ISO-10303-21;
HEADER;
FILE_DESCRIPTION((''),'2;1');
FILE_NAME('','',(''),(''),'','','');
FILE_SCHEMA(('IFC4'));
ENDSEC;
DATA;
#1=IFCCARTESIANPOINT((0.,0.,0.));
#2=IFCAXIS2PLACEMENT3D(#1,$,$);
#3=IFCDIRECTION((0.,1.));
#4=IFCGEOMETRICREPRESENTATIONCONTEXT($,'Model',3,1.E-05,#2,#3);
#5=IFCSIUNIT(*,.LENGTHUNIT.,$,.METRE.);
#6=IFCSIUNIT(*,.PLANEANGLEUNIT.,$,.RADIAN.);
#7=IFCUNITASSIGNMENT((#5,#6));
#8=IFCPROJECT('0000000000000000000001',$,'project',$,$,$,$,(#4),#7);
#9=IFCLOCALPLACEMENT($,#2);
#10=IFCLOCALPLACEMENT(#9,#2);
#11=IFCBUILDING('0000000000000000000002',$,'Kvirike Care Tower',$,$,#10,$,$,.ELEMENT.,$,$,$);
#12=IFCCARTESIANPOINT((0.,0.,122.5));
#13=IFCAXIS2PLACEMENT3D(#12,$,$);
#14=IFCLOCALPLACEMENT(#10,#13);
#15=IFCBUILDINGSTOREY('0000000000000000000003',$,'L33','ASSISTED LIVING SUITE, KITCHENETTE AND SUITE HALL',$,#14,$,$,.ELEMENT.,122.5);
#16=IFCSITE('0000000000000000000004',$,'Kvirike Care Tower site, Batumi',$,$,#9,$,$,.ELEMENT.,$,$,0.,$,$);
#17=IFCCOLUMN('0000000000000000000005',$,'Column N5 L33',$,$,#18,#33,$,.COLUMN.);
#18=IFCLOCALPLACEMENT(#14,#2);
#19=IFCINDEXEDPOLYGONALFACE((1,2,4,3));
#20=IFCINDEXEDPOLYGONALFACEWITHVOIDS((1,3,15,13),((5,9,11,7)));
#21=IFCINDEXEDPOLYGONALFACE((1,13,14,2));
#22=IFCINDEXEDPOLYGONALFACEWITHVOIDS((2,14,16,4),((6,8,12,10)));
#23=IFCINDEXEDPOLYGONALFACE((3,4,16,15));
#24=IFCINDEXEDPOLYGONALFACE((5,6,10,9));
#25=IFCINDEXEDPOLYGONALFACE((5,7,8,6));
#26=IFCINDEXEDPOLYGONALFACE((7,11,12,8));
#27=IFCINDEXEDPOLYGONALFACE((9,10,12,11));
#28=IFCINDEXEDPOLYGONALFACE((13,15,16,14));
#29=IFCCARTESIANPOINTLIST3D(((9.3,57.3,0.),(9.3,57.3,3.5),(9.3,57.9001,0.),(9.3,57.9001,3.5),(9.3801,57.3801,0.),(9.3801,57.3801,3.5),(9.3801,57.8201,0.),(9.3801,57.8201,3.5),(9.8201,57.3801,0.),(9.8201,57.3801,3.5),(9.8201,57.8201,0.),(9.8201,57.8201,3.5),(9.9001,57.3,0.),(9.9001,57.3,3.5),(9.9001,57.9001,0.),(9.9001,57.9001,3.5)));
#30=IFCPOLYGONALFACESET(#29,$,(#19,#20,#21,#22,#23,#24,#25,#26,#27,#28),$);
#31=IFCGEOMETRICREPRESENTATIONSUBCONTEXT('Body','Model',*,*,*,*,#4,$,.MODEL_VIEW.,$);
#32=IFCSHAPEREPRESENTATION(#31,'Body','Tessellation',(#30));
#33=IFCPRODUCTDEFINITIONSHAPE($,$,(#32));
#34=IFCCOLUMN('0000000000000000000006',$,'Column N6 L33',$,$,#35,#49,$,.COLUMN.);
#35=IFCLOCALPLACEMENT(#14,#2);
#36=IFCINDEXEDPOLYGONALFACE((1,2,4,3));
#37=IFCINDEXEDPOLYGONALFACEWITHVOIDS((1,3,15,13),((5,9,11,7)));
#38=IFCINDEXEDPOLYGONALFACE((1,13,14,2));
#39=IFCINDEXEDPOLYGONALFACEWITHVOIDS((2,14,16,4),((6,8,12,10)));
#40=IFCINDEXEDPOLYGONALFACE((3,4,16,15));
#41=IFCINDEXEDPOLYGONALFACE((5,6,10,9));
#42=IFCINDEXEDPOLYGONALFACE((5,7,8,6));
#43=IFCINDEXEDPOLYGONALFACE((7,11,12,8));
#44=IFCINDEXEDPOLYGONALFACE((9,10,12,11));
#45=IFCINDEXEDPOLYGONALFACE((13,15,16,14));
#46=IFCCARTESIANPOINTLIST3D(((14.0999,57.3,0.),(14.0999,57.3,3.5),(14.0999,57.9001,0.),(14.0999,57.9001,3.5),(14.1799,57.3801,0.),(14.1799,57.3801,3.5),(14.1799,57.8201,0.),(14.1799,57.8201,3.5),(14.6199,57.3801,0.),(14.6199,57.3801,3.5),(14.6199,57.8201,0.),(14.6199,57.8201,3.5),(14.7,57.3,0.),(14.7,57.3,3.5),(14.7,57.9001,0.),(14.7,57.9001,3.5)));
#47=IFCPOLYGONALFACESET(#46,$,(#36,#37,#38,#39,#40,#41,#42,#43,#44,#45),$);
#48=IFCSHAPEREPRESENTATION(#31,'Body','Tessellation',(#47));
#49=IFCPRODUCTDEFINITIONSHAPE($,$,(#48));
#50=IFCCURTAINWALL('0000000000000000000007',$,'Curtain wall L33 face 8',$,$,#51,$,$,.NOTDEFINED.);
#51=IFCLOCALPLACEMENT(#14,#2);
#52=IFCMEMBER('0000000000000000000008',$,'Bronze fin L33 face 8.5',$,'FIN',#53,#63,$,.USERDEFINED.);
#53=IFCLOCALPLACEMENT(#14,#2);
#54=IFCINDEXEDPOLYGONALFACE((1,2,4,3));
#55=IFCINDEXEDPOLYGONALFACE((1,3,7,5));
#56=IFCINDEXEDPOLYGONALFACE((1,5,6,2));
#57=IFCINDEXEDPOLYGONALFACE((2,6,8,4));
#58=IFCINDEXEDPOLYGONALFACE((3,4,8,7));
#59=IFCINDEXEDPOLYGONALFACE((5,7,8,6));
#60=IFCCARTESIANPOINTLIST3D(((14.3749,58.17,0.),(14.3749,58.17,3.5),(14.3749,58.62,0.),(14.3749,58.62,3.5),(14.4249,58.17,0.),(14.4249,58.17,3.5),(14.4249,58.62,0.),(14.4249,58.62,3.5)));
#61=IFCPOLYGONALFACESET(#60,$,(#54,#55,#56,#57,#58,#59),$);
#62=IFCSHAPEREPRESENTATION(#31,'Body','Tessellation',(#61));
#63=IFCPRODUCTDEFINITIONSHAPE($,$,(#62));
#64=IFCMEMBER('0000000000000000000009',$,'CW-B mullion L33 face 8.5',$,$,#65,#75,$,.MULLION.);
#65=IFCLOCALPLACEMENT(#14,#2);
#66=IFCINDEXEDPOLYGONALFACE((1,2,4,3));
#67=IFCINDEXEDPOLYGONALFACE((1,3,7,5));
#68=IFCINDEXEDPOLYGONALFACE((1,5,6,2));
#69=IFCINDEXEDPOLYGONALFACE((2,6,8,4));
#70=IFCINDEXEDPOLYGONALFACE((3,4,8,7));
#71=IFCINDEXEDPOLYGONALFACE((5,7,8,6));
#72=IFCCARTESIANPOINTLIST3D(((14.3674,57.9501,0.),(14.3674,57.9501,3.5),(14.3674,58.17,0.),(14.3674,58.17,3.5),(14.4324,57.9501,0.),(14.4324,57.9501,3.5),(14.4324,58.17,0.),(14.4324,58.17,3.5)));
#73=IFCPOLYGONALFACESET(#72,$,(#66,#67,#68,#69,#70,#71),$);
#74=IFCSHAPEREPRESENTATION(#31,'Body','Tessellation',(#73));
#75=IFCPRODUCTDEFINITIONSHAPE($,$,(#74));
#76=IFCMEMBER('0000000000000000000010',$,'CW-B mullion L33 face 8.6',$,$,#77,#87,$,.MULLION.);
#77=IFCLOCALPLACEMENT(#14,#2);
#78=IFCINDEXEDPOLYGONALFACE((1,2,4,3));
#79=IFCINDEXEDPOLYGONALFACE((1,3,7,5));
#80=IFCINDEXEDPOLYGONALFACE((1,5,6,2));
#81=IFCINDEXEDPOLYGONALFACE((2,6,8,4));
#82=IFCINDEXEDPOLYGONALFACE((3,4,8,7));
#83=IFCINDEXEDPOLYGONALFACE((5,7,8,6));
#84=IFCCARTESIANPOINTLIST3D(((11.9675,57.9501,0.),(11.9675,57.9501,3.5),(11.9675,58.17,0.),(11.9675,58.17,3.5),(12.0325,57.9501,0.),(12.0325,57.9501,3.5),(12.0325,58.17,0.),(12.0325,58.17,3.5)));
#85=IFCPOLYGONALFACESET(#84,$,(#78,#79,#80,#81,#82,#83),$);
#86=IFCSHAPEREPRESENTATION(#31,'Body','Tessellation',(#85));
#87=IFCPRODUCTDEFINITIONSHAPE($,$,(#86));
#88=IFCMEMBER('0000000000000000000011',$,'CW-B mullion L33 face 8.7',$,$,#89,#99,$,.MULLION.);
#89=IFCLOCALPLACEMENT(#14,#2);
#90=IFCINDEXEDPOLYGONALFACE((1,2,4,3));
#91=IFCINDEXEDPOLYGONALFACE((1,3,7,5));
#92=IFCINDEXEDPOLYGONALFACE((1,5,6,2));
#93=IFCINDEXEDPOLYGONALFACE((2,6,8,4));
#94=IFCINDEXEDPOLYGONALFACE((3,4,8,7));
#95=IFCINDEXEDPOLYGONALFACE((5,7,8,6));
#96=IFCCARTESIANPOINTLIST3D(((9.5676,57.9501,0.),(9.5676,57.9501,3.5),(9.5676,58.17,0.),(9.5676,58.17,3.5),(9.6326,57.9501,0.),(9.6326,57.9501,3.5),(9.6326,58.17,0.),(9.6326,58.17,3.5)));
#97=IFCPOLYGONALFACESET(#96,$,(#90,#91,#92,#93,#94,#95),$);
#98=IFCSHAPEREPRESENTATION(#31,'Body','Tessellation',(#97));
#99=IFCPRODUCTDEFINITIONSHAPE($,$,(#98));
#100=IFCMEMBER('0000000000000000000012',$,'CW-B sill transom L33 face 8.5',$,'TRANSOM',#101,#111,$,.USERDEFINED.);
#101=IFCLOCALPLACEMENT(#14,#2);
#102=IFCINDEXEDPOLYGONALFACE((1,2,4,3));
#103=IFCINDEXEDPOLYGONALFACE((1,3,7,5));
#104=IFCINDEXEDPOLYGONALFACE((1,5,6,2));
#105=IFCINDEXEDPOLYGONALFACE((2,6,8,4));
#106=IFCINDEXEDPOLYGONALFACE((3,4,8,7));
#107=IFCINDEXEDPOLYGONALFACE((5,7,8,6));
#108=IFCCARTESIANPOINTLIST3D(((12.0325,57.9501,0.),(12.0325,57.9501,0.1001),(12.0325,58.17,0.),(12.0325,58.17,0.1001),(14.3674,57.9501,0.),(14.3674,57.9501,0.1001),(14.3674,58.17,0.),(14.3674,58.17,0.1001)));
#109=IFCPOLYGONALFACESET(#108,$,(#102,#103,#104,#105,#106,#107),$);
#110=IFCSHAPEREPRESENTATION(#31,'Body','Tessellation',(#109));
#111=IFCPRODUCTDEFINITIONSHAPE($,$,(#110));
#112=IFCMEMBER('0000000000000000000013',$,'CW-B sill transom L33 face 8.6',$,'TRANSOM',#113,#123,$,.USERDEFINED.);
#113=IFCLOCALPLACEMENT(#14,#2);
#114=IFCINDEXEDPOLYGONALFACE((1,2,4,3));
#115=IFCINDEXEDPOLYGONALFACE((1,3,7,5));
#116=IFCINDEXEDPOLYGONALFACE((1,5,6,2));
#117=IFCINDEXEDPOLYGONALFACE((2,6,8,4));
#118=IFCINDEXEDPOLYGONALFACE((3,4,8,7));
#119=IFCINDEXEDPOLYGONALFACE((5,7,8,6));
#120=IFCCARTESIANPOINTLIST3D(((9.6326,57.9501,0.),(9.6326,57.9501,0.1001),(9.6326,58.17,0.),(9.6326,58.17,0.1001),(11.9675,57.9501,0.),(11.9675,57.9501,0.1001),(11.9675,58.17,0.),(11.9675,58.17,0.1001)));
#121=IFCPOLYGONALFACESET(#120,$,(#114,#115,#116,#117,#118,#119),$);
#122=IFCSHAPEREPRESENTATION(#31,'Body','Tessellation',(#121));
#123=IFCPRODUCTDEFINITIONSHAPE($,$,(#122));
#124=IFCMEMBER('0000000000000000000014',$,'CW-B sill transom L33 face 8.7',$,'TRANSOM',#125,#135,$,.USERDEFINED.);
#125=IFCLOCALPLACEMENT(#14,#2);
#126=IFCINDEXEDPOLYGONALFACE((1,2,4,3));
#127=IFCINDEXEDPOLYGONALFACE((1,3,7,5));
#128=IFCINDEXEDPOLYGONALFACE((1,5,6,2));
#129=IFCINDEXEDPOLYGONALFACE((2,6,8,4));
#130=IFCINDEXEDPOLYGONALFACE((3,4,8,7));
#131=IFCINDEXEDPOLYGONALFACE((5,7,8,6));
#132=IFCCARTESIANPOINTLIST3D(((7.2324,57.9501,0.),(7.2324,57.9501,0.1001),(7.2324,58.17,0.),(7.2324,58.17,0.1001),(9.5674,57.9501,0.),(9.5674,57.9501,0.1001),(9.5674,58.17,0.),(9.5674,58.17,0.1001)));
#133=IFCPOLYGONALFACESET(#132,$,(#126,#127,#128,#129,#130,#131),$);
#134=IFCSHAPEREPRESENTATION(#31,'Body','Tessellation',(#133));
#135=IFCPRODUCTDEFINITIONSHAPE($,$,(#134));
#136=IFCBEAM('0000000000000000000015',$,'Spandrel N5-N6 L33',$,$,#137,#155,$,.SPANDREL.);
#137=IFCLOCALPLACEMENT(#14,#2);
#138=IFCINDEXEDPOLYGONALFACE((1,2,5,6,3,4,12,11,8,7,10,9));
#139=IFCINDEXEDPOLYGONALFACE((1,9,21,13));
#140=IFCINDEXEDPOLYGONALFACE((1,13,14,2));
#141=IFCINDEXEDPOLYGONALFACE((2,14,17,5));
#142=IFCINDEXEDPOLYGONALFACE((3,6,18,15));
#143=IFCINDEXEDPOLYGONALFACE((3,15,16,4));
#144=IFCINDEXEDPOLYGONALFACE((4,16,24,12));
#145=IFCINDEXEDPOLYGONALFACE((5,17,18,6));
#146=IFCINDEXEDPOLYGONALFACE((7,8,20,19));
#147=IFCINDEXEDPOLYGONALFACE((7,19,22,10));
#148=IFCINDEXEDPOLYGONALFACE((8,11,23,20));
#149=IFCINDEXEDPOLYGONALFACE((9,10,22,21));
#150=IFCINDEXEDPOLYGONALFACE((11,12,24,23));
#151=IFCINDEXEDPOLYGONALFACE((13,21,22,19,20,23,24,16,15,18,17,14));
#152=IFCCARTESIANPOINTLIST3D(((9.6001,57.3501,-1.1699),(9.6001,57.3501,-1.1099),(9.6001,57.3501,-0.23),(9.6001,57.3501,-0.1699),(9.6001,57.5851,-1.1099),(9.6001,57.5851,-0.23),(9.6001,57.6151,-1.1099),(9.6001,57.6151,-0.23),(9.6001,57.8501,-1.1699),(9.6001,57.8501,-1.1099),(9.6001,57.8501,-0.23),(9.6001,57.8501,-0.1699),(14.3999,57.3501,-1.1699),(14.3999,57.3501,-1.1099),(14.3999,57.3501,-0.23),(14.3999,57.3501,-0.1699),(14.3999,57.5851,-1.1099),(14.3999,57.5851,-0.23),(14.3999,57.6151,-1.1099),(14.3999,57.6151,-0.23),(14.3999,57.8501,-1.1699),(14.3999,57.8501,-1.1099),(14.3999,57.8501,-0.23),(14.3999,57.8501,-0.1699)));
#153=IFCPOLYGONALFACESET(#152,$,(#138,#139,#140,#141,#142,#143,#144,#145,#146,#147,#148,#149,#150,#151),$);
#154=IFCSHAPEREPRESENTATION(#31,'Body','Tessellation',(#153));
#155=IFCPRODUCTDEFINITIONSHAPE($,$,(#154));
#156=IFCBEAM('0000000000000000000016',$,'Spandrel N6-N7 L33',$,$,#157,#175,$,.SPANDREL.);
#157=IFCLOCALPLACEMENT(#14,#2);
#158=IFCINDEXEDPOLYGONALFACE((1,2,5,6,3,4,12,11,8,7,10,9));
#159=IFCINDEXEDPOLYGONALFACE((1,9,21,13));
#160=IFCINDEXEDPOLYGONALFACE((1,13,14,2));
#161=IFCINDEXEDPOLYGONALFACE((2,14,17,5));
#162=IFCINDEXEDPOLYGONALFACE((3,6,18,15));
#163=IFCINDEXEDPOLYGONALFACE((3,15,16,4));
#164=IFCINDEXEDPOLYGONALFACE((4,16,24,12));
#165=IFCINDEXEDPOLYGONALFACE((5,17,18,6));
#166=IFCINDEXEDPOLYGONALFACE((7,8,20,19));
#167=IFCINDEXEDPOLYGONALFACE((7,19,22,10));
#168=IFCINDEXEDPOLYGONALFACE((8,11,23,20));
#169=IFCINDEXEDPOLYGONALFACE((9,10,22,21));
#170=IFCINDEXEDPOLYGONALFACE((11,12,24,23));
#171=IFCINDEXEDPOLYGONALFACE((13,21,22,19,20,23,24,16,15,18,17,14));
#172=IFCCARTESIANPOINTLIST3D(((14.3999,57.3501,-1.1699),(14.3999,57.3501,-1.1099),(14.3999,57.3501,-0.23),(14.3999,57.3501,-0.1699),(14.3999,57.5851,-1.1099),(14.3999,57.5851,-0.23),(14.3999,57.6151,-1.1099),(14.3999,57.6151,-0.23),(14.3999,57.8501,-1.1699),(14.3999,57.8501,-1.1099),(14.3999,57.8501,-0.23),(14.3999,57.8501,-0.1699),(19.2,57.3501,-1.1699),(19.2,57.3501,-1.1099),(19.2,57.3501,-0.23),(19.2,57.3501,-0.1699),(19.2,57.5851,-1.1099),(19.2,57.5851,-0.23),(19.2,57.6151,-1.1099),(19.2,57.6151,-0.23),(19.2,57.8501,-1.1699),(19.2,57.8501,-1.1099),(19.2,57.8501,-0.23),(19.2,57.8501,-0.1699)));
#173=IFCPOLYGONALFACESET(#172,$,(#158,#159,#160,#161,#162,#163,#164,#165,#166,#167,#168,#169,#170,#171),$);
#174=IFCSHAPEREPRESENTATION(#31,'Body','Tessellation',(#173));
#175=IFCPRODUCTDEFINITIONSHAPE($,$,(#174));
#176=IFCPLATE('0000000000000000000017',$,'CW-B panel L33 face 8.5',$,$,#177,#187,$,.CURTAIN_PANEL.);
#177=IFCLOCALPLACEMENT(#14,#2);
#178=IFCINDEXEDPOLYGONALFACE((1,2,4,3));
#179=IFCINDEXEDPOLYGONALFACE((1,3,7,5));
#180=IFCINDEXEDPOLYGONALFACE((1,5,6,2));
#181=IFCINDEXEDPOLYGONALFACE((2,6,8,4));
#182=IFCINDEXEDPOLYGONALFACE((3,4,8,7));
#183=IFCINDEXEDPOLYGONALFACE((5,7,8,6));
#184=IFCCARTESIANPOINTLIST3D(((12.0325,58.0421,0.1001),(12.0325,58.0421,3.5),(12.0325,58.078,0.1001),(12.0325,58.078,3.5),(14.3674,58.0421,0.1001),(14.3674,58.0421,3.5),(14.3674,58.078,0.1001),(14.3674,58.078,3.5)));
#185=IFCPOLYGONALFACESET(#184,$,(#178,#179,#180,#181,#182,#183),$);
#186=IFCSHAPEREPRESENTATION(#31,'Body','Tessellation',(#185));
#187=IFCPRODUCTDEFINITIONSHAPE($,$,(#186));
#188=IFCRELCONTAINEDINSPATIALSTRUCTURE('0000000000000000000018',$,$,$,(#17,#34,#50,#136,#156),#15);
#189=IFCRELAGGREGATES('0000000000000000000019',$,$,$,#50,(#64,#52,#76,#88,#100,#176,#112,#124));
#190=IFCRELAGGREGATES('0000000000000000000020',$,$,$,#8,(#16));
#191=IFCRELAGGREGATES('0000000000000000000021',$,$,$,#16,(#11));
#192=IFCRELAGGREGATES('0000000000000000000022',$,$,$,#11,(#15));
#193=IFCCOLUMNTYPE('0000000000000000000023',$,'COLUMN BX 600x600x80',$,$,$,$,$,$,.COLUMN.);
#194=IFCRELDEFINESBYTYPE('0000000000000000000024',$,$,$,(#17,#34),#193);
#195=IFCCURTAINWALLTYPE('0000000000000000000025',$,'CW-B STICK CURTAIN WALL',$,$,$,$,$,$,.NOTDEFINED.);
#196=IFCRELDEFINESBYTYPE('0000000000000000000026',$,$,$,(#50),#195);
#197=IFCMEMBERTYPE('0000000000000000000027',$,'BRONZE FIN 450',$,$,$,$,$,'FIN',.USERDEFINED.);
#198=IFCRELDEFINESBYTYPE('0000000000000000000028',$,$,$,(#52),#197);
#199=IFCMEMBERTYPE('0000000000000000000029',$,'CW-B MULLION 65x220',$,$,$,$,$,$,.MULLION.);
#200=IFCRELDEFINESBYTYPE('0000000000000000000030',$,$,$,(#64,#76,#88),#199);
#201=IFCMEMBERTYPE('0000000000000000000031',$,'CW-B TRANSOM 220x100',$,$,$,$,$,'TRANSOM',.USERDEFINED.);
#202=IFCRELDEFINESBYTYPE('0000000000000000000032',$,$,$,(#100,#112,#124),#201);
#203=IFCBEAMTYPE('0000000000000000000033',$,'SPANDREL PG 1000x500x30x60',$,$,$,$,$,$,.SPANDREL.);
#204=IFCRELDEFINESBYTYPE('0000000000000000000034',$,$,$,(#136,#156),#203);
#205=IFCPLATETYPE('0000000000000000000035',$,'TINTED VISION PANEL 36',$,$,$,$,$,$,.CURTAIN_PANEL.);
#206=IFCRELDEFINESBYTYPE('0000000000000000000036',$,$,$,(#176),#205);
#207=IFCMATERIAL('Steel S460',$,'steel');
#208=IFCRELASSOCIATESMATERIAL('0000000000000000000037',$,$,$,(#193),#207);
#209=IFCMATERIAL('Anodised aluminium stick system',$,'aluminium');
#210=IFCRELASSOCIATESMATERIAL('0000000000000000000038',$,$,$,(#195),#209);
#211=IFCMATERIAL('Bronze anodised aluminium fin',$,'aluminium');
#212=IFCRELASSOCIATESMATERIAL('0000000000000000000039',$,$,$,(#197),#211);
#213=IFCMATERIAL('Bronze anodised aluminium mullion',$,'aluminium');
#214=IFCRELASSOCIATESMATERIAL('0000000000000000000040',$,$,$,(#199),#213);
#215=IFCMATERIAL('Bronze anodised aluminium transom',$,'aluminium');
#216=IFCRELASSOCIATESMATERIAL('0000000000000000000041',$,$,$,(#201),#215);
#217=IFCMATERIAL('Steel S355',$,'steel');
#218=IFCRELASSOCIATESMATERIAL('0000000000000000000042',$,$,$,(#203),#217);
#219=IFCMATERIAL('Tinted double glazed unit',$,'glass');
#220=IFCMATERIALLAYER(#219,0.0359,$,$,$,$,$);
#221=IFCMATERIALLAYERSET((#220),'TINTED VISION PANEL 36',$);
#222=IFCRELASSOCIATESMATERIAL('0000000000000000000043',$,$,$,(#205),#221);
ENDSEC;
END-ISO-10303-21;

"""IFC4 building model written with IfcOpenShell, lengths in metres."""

from ifc_helpers import new_model, si_unit, direction, frame, origin, origin_2d, place, context, subcontext, project, spatial, rectangle, hollow_rectangle, i_section, extrude, material, layer, layer_set, material_profile, profile_set, type_object, element, aggregate, save


model = new_model("IFC4")

# Units and contexts
model_context = context("Model", 3, precision=1e-05, world=origin(), true_north=direction((0.0, 1.0)))
body_context = subcontext(model_context, "Body", "Model", "MODEL_VIEW")
ifc_project = project(units=[si_unit("LENGTHUNIT", "METRE"), si_unit("PLANEANGLEUNIT", "RADIAN")], contexts=[model_context])

# Site, building, storey
site_placement = place(None, origin())
site = spatial("IfcSite", under=ifc_project, at=site_placement, Name="Kvirike Care Tower site, Batumi", CompositionType="ELEMENT", RefElevation=0.0)
building_placement = place(site_placement, origin())
building = spatial("IfcBuilding", under=site, at=building_placement, Name="Kvirike Care Tower", CompositionType="ELEMENT")
storey_placement = place(building_placement, frame((0.0, 0.0, 122.5)))
storey = spatial("IfcBuildingStorey", under=building, at=storey_placement, Name="L33", Description="ASSISTED LIVING SUITE, KITCHENETTE AND SUITE HALL", CompositionType="ELEMENT", Elevation=122.5)

# Columns
ifc_material_1 = material(Name="Steel S460", Category="steel")
ifc_material_profile_1 = material_profile(ifc_material_1, hollow_rectangle(XDim=0.6001, YDim=0.6001, WallThickness=0.0801, at=origin_2d()), Name="BX 600x600x80")
ifc_profile_set_1 = profile_set([ifc_material_profile_1], Name="Steel S460")
column_type = type_object("IfcColumnType", Name="COLUMN BX 600x600x80", PredefinedType="COLUMN", material=ifc_profile_set_1)
for number, where, z_axis, x_axis, name in (
    (1, (9.6001, 57.6001, 0.0), (0.0, 0.0, 1.0), (0.0, 1.0, 0.0), "Column N5 L33"),
    (2, (14.3999, 57.6001, 0.0), (0.0, 0.0, 1.0), (0.0, 1.0, 0.0), "Column N6 L33"),
):
    element("IfcColumn", number, at=place(storey_placement, frame(where, z_axis=z_axis, x_axis=x_axis)), inside=storey, type_object=column_type, Name=name, PredefinedType="COLUMN", context=body_context, shape_type="SweptSolid", body=[
        extrude(hollow_rectangle(XDim=0.6001, YDim=0.6001, WallThickness=0.0801, at=origin_2d()), origin(), (0.0, 0.0, 1.0), 3.5),
    ])

# Curtain wall, members
ifc_material_2 = material(Name="Anodised aluminium stick system", Category="aluminium")
curtain_wall_type = type_object("IfcCurtainWallType", Name="CW-B STICK CURTAIN WALL", PredefinedType="NOTDEFINED", material=ifc_material_2)
curtain_wall_placement = place(storey_placement, origin())
curtain_wall = element("IfcCurtainWall", 3, at=curtain_wall_placement, inside=storey, type_object=curtain_wall_type, Name="Curtain wall L33 face 8", PredefinedType="NOTDEFINED")
ifc_material_3 = material(Name="Bronze anodised aluminium fin", Category="aluminium")
ifc_material_profile_2 = material_profile(ifc_material_3, rectangle(XDim=0.05, YDim=0.45, at=origin_2d()), Name="BRONZE FIN 450")
ifc_profile_set_2 = profile_set([ifc_material_profile_2], Name="Bronze anodised aluminium fin")
member_type_1 = type_object("IfcMemberType", Name="BRONZE FIN 450", ElementType="FIN", PredefinedType="USERDEFINED", material=ifc_profile_set_2)
member_1_placement = place(storey_placement, frame((14.3999, 58.395, 0.0), z_axis=(0.0, 0.0, 1.0), x_axis=(-1.0, 0.0, 0.0)))
member_1 = element("IfcMember", 4, at=member_1_placement, type_object=member_type_1, Name="Bronze fin L33 face 8.5", ObjectType="FIN", PredefinedType="USERDEFINED", context=body_context, shape_type="SweptSolid", body=[
    extrude(rectangle(XDim=0.05, YDim=0.45, at=origin_2d()), origin(), (0.0, 0.0, 1.0), 3.5),
])
ifc_material_4 = material(Name="Bronze anodised aluminium mullion", Category="aluminium")
ifc_material_profile_3 = material_profile(ifc_material_4, rectangle(XDim=0.0649, YDim=0.22, at=origin_2d()), Name="CW-B MULLION 65x220")
ifc_profile_set_3 = profile_set([ifc_material_profile_3], Name="Bronze anodised aluminium mullion")
member_type_2 = type_object("IfcMemberType", Name="CW-B MULLION 65x220", PredefinedType="MULLION", material=ifc_profile_set_3)
member_2_placement = place(storey_placement, frame((14.3999, 58.0601, 0.0), z_axis=(0.0, 0.0, 1.0), x_axis=(-1.0, 0.0, 0.0)))
member_2 = element("IfcMember", 5, at=member_2_placement, type_object=member_type_2, Name="CW-B mullion L33 face 8.5", PredefinedType="MULLION", context=body_context, shape_type="SweptSolid", body=[
    extrude(rectangle(XDim=0.0649, YDim=0.22, at=origin_2d()), origin(), (0.0, 0.0, 1.0), 3.5),
])
member_3_placement = place(storey_placement, frame((12.0, 58.0601, 0.0), z_axis=(0.0, 0.0, 1.0), x_axis=(-1.0, 0.0, 0.0)))
member_3 = element("IfcMember", 6, at=member_3_placement, type_object=member_type_2, Name="CW-B mullion L33 face 8.6", PredefinedType="MULLION", context=body_context, shape_type="SweptSolid", body=[
    extrude(rectangle(XDim=0.0649, YDim=0.22, at=origin_2d()), origin(), (0.0, 0.0, 1.0), 3.5),
])
member_4_placement = place(storey_placement, frame((9.6001, 58.0601, 0.0), z_axis=(0.0, 0.0, 1.0), x_axis=(-1.0, 0.0, 0.0)))
member_4 = element("IfcMember", 7, at=member_4_placement, type_object=member_type_2, Name="CW-B mullion L33 face 8.7", PredefinedType="MULLION", context=body_context, shape_type="SweptSolid", body=[
    extrude(rectangle(XDim=0.0649, YDim=0.22, at=origin_2d()), origin(), (0.0, 0.0, 1.0), 3.5),
])
ifc_material_5 = material(Name="Bronze anodised aluminium transom", Category="aluminium")
ifc_material_profile_4 = material_profile(ifc_material_5, rectangle(XDim=0.22, YDim=0.1001, at=origin_2d()), Name="CW-B TRANSOM 220x100")
ifc_profile_set_4 = profile_set([ifc_material_profile_4], Name="Bronze anodised aluminium transom")
member_type_3 = type_object("IfcMemberType", Name="CW-B TRANSOM 220x100", ElementType="TRANSOM", PredefinedType="USERDEFINED", material=ifc_profile_set_4)
member_5_placement = place(storey_placement, frame((14.3674, 58.0601, 0.05), z_axis=(-1.0, 0.0, 0.0), x_axis=(0.0, -1.0, 0.0)))
member_5 = element("IfcMember", 8, at=member_5_placement, type_object=member_type_3, Name="CW-B sill transom L33 face 8.5", ObjectType="TRANSOM", PredefinedType="USERDEFINED", context=body_context, shape_type="SweptSolid", body=[
    extrude(rectangle(XDim=0.22, YDim=0.1001, at=origin_2d()), origin(), (0.0, 0.0, 1.0), 2.335),
])
member_6_placement = place(storey_placement, frame((11.9675, 58.0601, 0.05), z_axis=(-1.0, 0.0, 0.0), x_axis=(0.0, -1.0, 0.0)))
member_6 = element("IfcMember", 9, at=member_6_placement, type_object=member_type_3, Name="CW-B sill transom L33 face 8.6", ObjectType="TRANSOM", PredefinedType="USERDEFINED", context=body_context, shape_type="SweptSolid", body=[
    extrude(rectangle(XDim=0.22, YDim=0.1001, at=origin_2d()), origin(), (0.0, 0.0, 1.0), 2.335),
])
member_7_placement = place(storey_placement, frame((9.5674, 58.0601, 0.05), z_axis=(-1.0, 0.0, 0.0), x_axis=(0.0, -1.0, 0.0)))
member_7 = element("IfcMember", 10, at=member_7_placement, type_object=member_type_3, Name="CW-B sill transom L33 face 8.7", ObjectType="TRANSOM", PredefinedType="USERDEFINED", context=body_context, shape_type="SweptSolid", body=[
    extrude(rectangle(XDim=0.22, YDim=0.1001, at=origin_2d()), origin(), (0.0, 0.0, 1.0), 2.335),
])

# Beams
ifc_material_6 = material(Name="Steel S355", Category="steel")
ifc_material_profile_5 = material_profile(ifc_material_6, i_section(OverallWidth=0.5, OverallDepth=1.0, WebThickness=0.03, FlangeThickness=0.0601, at=origin_2d()), Name="PG 1000x500x30x60")
ifc_profile_set_5 = profile_set([ifc_material_profile_5], Name="Steel S355")
beam_type = type_object("IfcBeamType", Name="SPANDREL PG 1000x500x30x60", PredefinedType="SPANDREL", material=ifc_profile_set_5)
beam_1_placement = place(storey_placement, frame((9.6001, 57.6001, -0.6699), z_axis=(1.0, 0.0, 0.0), x_axis=(0.0, 1.0, 0.0)))
element("IfcBeam", 11, at=beam_1_placement, inside=storey, type_object=beam_type, Name="Spandrel N5-N6 L33", PredefinedType="SPANDREL", context=body_context, shape_type="SweptSolid", body=[
    extrude(i_section(OverallWidth=0.5, OverallDepth=1.0, WebThickness=0.03, FlangeThickness=0.0601, at=origin_2d()), origin(), (0.0, 0.0, 1.0), 4.7998),
])
beam_2_placement = place(storey_placement, frame((14.3999, 57.6001, -0.6699), z_axis=(1.0, 0.0, 0.0), x_axis=(0.0, 1.0, 0.0)))
element("IfcBeam", 12, at=beam_2_placement, inside=storey, type_object=beam_type, Name="Spandrel N6-N7 L33", PredefinedType="SPANDREL", context=body_context, shape_type="SweptSolid", body=[
    extrude(i_section(OverallWidth=0.5, OverallDepth=1.0, WebThickness=0.03, FlangeThickness=0.0601, at=origin_2d()), origin(), (0.0, 0.0, 1.0), 4.8),
])

# Plate
ifc_material_7 = material(Name="Tinted double glazed unit", Category="glass")
ifc_layer_1 = layer(ifc_material_7, 0.0359)
ifc_layer_set_1 = layer_set([ifc_layer_1], Name="TINTED VISION PANEL 36")
plate_type = type_object("IfcPlateType", Name="TINTED VISION PANEL 36", PredefinedType="CURTAIN_PANEL", material=ifc_layer_set_1)
plate_1_placement = place(storey_placement, frame((13.2, 58.0601, 0.1001), z_axis=(0.0, 0.0, 1.0), x_axis=(-1.0, 0.0, 0.0)))
plate_1 = element("IfcPlate", 13, at=plate_1_placement, type_object=plate_type, Name="CW-B panel L33 face 8.5", PredefinedType="CURTAIN_PANEL", context=body_context, shape_type="SweptSolid", body=[
    extrude(rectangle(XDim=2.335, YDim=0.0359, at=origin_2d()), origin(), (0.0, 0.0, 1.0), 3.3999),
])
aggregate(curtain_wall, [member_2, member_1, member_3, member_4, member_5, plate_1, member_6, member_7])

save(model, "model.ifc")
